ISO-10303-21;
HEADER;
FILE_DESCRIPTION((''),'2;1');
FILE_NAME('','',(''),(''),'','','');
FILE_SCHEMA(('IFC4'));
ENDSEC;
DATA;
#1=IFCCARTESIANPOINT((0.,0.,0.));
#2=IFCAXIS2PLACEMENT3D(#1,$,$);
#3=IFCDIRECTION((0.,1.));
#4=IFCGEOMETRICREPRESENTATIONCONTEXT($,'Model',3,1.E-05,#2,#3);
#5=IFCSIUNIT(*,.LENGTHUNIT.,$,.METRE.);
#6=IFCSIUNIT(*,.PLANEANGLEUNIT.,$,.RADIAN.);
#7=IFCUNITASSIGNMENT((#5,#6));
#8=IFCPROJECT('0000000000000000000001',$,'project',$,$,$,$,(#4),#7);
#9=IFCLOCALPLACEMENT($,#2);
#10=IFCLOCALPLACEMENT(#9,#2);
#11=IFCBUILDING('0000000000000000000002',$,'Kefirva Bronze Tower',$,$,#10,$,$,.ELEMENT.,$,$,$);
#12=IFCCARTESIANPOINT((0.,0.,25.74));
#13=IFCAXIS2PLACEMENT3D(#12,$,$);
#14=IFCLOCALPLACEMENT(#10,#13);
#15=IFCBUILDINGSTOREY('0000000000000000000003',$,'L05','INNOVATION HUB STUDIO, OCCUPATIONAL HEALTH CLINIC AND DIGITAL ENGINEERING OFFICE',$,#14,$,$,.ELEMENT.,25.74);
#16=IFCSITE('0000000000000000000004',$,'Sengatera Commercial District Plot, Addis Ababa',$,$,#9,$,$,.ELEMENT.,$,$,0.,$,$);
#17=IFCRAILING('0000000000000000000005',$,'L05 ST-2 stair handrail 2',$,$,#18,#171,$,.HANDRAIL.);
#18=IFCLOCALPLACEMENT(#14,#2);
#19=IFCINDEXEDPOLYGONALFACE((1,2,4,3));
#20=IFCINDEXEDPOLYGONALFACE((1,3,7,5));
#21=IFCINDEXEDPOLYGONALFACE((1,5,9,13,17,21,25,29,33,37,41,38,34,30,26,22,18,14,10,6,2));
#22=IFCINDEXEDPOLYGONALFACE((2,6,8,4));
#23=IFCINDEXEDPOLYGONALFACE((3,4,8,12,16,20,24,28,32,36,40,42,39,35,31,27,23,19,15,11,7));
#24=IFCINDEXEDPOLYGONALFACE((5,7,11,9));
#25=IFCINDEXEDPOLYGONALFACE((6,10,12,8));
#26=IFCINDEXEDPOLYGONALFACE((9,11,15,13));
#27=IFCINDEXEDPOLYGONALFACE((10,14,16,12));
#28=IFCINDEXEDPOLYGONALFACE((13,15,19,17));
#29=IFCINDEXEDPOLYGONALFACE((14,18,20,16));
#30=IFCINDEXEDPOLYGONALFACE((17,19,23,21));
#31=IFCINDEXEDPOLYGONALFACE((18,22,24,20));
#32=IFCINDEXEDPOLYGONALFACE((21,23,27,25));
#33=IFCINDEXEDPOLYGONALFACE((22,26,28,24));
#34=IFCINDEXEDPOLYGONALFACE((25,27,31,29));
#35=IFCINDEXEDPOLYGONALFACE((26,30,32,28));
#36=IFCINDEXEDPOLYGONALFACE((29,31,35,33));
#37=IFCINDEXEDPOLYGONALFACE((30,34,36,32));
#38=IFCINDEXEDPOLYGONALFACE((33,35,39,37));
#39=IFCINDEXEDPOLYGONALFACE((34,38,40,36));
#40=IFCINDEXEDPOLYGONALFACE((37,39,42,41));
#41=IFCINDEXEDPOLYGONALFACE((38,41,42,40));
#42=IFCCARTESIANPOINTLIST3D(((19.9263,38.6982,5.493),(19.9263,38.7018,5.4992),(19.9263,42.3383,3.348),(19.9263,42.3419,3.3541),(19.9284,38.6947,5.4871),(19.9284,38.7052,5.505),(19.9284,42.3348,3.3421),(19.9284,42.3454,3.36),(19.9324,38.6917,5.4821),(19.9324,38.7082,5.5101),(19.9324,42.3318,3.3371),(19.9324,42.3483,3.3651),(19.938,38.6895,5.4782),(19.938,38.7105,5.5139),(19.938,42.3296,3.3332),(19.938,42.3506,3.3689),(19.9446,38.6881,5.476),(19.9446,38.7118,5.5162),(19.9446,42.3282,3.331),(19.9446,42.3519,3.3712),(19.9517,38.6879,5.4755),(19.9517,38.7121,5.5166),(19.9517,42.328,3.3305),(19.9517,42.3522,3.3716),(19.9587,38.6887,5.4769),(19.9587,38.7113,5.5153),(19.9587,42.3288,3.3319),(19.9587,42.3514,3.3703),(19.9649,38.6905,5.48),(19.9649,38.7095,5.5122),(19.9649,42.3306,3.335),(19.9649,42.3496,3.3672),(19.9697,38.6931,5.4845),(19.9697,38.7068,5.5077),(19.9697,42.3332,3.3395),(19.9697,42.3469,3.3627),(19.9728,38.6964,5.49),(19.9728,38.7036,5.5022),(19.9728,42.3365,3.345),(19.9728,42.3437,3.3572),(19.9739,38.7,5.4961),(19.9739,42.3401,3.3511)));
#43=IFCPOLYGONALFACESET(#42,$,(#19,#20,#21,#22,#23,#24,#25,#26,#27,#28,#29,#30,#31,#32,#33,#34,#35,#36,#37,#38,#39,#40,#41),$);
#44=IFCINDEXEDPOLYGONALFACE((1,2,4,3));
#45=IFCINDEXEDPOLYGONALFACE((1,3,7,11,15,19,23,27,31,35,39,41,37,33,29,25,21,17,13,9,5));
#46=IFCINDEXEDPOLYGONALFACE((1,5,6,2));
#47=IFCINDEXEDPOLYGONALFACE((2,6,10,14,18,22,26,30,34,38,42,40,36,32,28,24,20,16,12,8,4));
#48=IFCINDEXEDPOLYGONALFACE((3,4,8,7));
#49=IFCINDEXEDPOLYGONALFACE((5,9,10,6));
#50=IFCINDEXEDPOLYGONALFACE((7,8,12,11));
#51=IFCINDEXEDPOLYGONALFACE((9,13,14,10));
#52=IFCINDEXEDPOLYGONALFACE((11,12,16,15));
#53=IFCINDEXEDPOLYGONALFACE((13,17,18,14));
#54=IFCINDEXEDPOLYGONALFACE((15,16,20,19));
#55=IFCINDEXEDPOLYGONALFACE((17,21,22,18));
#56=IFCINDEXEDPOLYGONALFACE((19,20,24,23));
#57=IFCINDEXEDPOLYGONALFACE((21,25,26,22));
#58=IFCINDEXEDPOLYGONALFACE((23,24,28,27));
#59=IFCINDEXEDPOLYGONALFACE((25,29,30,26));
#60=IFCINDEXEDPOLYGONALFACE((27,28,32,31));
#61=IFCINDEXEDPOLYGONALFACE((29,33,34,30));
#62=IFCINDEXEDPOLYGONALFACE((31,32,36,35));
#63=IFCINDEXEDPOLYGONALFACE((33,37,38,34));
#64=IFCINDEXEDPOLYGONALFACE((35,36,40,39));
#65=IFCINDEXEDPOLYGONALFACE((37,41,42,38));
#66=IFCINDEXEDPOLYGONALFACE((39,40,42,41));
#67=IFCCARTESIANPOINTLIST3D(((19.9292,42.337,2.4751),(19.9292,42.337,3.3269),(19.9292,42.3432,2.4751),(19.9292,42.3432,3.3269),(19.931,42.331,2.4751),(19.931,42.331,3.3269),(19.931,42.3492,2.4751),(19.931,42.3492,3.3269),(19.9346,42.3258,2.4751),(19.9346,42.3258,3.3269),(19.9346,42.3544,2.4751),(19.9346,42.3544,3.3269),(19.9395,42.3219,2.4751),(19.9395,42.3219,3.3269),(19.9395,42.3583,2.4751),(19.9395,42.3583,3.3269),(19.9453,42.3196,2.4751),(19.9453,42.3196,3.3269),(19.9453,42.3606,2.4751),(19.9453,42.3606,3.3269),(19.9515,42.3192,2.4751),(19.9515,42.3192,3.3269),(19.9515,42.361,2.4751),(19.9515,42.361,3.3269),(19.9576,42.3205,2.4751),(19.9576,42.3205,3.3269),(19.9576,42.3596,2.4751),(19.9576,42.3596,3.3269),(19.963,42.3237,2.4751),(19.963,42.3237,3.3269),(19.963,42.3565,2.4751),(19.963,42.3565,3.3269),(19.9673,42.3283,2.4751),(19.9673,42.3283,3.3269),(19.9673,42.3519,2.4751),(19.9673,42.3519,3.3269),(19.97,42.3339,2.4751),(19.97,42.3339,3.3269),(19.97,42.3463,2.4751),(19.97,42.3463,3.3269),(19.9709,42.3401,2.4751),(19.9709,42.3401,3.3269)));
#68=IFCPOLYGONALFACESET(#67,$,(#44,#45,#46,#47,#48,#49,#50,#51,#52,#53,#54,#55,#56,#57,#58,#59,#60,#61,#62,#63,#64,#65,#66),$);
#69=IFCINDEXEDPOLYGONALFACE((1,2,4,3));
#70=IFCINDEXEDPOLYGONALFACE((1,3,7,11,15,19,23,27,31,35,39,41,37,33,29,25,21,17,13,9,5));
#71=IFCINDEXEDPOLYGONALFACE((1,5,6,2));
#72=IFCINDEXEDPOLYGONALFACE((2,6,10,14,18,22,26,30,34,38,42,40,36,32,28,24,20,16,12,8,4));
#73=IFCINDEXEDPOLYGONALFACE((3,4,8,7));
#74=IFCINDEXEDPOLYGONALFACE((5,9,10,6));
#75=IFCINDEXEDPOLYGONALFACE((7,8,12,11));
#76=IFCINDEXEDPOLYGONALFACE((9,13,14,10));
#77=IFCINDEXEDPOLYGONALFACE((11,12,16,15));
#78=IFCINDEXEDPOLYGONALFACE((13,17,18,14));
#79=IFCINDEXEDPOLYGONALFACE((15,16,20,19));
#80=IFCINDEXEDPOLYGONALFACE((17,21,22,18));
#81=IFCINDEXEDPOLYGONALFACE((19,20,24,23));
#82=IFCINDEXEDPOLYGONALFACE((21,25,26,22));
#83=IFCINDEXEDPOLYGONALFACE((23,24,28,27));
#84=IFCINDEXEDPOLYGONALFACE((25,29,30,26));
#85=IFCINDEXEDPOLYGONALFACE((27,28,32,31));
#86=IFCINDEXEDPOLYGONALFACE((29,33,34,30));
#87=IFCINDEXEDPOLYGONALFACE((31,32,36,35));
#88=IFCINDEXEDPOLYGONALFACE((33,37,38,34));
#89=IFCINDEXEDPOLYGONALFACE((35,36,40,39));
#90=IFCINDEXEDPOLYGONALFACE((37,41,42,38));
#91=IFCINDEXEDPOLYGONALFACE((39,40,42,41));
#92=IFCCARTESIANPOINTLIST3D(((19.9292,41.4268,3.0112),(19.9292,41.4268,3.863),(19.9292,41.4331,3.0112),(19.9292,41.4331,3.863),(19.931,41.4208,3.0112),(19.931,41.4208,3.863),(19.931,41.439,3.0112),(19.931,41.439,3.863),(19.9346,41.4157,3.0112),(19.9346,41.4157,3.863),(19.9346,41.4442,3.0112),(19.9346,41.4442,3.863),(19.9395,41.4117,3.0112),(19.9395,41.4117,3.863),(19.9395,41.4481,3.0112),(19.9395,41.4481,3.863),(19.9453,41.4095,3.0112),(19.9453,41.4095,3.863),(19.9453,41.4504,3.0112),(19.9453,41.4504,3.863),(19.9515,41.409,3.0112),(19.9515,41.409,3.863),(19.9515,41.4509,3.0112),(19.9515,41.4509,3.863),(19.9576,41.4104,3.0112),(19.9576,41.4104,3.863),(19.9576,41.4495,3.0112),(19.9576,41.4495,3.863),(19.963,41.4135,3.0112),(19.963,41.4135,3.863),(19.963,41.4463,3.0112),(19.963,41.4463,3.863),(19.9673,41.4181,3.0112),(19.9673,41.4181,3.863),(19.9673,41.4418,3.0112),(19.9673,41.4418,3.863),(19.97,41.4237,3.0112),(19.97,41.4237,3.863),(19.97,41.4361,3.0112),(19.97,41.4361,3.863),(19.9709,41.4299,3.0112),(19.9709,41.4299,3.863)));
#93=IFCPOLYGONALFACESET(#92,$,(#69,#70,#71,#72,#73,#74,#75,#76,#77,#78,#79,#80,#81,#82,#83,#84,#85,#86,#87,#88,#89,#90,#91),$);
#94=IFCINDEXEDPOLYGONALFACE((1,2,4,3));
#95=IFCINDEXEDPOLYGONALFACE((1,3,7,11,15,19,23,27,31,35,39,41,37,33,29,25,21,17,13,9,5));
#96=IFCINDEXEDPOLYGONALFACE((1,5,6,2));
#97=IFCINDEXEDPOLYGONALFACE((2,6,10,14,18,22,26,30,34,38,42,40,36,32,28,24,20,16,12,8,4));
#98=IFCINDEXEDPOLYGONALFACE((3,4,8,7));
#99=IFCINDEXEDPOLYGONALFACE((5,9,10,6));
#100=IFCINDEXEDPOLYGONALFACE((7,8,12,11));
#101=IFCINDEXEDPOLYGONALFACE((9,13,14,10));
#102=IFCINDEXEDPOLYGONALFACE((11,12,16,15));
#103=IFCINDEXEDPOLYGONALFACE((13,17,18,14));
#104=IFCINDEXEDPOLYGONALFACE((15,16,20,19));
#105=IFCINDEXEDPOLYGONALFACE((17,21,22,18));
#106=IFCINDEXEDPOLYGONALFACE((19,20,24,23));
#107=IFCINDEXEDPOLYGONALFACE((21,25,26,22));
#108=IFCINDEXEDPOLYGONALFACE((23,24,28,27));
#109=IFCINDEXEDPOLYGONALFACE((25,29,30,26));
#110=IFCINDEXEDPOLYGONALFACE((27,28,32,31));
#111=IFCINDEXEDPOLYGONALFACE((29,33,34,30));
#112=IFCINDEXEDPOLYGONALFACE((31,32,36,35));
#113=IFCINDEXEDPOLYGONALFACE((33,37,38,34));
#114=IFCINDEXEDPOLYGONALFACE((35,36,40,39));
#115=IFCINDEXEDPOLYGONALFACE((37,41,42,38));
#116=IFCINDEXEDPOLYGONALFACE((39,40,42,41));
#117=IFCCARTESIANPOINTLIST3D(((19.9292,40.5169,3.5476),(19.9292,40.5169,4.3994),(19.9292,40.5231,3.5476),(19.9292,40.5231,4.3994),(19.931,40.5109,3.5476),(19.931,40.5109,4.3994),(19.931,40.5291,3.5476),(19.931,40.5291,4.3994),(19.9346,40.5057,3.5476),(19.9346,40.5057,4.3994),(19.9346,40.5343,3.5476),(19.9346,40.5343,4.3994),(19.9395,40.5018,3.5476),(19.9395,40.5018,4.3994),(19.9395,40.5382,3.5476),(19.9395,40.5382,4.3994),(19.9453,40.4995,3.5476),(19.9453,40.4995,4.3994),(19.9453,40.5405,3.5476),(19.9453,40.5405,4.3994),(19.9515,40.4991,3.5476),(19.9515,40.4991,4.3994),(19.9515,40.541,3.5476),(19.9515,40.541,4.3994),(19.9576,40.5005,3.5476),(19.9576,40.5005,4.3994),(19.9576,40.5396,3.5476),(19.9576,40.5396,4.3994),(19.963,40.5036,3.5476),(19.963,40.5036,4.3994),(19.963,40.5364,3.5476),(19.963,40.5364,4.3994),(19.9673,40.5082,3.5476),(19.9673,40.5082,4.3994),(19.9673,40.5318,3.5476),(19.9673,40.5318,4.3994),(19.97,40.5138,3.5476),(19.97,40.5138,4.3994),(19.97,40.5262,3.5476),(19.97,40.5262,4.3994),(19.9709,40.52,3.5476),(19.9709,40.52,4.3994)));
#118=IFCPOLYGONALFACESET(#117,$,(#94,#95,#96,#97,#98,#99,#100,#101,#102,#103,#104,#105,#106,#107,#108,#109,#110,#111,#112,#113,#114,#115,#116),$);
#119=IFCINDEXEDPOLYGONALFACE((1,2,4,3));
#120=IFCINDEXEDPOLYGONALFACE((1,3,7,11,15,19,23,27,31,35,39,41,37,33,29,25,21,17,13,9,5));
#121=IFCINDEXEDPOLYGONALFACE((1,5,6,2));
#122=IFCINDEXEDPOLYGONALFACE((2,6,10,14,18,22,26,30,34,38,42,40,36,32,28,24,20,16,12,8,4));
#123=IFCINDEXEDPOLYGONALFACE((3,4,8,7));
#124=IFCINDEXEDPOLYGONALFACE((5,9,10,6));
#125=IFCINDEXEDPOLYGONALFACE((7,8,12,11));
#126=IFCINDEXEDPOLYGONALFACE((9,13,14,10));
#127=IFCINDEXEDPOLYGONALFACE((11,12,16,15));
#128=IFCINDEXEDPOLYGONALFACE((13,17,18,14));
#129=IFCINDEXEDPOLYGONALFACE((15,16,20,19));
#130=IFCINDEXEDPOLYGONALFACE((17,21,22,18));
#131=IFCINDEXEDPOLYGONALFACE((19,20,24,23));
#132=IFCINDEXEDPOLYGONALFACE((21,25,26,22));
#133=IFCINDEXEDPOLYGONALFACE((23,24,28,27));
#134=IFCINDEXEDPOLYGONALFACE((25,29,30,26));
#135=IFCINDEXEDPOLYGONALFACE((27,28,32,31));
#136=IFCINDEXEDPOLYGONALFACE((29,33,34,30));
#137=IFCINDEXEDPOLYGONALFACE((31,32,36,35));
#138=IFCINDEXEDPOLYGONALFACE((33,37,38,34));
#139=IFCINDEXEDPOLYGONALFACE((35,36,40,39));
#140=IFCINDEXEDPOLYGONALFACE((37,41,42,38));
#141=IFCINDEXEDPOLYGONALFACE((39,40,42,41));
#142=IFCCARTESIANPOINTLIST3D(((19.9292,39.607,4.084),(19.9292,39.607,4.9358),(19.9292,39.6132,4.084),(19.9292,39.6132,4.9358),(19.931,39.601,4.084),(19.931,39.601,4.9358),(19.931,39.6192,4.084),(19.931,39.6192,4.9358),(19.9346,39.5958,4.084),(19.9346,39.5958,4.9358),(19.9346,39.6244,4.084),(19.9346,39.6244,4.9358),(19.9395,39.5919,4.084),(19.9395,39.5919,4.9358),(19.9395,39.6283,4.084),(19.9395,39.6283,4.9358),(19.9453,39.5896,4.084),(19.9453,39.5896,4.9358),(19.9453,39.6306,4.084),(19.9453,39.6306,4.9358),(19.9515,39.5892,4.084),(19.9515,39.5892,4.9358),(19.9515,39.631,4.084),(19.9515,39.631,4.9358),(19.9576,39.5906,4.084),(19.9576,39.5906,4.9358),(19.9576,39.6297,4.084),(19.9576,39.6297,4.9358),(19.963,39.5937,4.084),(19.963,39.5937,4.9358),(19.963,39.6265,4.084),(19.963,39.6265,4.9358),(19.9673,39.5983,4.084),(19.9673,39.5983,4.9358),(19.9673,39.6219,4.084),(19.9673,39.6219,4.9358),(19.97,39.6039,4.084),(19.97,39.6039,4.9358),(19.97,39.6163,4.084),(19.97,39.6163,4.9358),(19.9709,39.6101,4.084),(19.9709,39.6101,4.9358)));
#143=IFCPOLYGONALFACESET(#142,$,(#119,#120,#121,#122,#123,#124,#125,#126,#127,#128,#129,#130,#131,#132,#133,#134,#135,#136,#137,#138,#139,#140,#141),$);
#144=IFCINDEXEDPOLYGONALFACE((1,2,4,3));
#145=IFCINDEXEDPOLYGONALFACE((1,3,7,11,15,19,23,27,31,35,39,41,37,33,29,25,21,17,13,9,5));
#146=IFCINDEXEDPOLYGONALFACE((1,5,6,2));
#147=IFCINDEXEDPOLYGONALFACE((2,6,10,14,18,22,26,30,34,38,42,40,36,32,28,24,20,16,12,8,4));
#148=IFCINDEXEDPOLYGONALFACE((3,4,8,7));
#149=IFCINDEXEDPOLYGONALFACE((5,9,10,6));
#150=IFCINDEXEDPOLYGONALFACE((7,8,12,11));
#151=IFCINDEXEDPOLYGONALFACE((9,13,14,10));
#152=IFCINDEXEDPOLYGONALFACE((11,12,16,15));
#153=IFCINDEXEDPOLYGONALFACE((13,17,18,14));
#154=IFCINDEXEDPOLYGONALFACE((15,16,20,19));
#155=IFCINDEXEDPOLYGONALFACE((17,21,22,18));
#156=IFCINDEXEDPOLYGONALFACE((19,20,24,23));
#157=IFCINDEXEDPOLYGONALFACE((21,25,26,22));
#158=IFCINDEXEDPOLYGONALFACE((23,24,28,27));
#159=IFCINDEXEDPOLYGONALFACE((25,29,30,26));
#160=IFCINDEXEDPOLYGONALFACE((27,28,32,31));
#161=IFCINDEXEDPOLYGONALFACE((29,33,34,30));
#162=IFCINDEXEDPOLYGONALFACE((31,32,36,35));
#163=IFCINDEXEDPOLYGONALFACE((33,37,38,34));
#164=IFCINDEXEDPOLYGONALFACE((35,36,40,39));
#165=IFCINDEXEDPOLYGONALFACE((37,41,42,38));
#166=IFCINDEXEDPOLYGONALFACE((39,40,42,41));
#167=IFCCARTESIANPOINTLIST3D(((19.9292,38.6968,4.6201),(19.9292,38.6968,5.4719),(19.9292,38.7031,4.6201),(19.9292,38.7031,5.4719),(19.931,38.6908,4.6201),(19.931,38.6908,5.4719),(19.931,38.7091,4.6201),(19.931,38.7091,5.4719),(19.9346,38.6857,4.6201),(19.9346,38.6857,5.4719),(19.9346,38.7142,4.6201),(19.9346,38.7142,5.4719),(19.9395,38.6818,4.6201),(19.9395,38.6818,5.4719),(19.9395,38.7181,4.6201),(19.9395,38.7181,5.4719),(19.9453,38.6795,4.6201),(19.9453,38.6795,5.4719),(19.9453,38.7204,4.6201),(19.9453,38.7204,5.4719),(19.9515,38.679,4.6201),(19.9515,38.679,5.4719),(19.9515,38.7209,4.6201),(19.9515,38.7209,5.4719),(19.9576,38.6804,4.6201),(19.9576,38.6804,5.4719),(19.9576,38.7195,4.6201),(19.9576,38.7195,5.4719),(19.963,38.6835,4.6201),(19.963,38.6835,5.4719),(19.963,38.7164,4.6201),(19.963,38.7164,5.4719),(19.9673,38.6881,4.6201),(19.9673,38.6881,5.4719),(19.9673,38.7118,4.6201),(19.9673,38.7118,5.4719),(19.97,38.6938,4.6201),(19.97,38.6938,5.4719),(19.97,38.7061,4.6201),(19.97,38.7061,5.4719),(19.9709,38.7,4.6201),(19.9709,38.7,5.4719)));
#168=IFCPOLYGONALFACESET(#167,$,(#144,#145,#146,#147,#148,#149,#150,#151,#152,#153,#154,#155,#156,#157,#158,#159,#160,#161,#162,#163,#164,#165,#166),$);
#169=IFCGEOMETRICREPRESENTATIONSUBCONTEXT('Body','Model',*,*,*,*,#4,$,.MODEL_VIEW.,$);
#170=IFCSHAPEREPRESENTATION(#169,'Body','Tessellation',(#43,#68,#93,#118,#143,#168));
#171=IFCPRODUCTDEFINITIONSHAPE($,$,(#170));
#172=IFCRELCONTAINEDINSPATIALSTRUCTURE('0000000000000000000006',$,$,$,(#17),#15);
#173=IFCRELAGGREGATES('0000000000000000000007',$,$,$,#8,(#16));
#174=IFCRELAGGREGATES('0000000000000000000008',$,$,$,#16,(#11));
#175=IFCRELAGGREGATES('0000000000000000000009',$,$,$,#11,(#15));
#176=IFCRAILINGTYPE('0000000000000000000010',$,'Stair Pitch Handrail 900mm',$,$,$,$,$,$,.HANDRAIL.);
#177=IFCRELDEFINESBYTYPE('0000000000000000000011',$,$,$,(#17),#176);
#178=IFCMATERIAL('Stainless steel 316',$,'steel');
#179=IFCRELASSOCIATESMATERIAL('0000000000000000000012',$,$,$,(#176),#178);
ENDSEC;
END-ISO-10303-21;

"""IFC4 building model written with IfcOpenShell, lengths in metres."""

from ifc_helpers import new_model, si_unit, direction, frame, origin, origin_2d, place, context, subcontext, project, spatial, circle, extrude, material, type_object, element, save


model = new_model("IFC4")

# Units and contexts
model_context = context("Model", 3, precision=1e-05, world=origin(), true_north=direction((0.0, 1.0)))
body_context = subcontext(model_context, "Body", "Model", "MODEL_VIEW")
ifc_project = project(units=[si_unit("LENGTHUNIT", "METRE"), si_unit("PLANEANGLEUNIT", "RADIAN")], contexts=[model_context])

# Site, building, storey
site_placement = place(None, origin())
site = spatial("IfcSite", under=ifc_project, at=site_placement, Name="Sengatera Commercial District Plot, Addis Ababa", CompositionType="ELEMENT", RefElevation=0.0)
building_placement = place(site_placement, origin())
building = spatial("IfcBuilding", under=site, at=building_placement, Name="Kefirva Bronze Tower", CompositionType="ELEMENT")
storey_placement = place(building_placement, frame((0.0, 0.0, 25.74)))
storey = spatial("IfcBuildingStorey", under=building, at=storey_placement, Name="L05", Description="INNOVATION HUB STUDIO, OCCUPATIONAL HEALTH CLINIC AND DIGITAL ENGINEERING OFFICE", CompositionType="ELEMENT", Elevation=25.74)

# Railing
ifc_material_1 = material(Name="Stainless steel 316", Category="steel")
railing_type_1 = type_object("IfcRailingType", Name="Stair Pitch Handrail 900mm", PredefinedType="HANDRAIL", material=ifc_material_1)
railing_1_placement = place(storey_placement, frame((19.95, 42.3401, 2.4751)))
element("IfcRailing", 1, at=railing_1_placement, inside=storey, type_object=railing_type_1, Name="L05 ST-2 stair handrail 2", PredefinedType="HANDRAIL", context=body_context, shape_type="SweptSolid", body=[
    extrude(circle(Radius=0.0239, at=origin_2d()), frame((0.0, 0.0, 0.876), z_axis=(0.0, -0.861545, 0.507682), x_axis=(1.0, 0.0, 0.0)), (0.0, 0.0, 1.0), 4.2251),
    extrude(circle(Radius=0.021, at=origin_2d()), origin(), (0.0, 0.0, 1.0), 0.8518),
    extrude(circle(Radius=0.021, at=origin_2d()), frame((0.0, -0.9102, 0.5361)), (0.0, 0.0, 1.0), 0.8518),
    extrude(circle(Radius=0.021, at=origin_2d()), frame((0.0, -1.8201, 1.0725)), (0.0, 0.0, 1.0), 0.8518),
    extrude(circle(Radius=0.021, at=origin_2d()), frame((0.0, -2.73, 1.6089)), (0.0, 0.0, 1.0), 0.8518),
    extrude(circle(Radius=0.021, at=origin_2d()), frame((0.0, -3.6401, 2.145)), (0.0, 0.0, 1.0), 0.8518),
])

save(model, "model.ifc")
